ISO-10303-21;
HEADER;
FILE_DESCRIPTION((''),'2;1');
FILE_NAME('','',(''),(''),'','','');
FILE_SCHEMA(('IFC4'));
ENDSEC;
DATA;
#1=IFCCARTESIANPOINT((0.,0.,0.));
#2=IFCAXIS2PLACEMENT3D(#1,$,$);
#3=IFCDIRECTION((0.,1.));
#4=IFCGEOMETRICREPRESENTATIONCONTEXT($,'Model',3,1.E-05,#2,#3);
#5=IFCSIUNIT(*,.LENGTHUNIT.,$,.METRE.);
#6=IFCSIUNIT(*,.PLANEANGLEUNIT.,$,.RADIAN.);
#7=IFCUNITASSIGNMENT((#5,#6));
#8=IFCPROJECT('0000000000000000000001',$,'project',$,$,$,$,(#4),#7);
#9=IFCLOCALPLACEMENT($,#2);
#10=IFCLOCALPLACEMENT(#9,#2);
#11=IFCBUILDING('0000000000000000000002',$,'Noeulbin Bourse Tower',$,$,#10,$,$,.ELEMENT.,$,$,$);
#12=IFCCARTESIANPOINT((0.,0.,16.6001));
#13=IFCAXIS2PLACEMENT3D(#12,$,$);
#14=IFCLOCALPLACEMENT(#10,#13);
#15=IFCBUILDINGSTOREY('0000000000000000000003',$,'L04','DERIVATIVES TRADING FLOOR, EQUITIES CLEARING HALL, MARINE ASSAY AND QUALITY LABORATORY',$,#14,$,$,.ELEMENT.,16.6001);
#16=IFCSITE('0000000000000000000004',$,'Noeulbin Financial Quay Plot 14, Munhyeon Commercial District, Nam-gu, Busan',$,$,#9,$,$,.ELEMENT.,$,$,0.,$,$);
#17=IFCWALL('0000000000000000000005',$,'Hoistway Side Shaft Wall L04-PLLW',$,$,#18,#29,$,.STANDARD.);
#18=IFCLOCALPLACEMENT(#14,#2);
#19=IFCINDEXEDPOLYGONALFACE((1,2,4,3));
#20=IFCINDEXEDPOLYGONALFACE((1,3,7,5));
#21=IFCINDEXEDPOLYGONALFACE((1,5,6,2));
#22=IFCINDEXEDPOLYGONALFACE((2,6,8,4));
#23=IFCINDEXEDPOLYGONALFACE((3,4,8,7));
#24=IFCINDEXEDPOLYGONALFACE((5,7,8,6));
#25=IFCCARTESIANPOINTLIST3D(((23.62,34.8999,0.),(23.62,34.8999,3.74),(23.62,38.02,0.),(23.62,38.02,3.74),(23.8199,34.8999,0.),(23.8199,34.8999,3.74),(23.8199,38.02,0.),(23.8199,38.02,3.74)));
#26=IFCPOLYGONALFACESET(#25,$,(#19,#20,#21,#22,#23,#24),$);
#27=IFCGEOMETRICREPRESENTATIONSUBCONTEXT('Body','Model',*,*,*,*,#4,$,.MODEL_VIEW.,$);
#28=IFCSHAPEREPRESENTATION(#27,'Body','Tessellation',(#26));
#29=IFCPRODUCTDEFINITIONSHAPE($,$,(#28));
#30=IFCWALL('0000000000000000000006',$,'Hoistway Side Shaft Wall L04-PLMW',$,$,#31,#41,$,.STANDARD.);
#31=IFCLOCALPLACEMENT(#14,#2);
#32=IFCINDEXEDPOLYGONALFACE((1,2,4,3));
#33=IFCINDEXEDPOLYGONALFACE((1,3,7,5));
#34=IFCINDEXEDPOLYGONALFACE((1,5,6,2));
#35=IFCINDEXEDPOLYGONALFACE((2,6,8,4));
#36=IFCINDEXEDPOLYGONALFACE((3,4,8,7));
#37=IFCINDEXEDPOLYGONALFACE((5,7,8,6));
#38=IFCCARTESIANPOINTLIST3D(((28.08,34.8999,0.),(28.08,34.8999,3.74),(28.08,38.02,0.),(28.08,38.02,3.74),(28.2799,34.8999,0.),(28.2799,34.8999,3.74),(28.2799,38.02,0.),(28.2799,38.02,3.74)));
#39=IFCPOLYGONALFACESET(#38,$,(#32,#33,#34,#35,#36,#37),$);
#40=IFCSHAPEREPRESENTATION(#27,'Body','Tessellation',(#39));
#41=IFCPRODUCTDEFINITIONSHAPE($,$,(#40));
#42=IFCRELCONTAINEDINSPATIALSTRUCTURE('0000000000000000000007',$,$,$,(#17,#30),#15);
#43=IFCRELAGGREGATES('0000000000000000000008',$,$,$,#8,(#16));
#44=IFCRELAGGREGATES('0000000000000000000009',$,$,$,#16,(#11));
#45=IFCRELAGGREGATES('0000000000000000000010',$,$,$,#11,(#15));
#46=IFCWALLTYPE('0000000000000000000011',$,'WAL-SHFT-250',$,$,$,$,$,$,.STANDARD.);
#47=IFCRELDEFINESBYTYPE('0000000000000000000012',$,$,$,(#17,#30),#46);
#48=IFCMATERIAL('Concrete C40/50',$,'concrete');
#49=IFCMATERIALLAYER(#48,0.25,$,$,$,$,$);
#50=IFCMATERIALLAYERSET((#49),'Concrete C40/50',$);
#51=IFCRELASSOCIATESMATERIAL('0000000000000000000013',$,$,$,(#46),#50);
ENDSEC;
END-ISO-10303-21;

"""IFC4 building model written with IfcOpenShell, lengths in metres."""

from ifc_helpers import new_model, si_unit, direction, frame, frame_2d, origin, place, context, subcontext, project, spatial, rectangle, extrude, material, layer, layer_set, type_object, element, save


model = new_model("IFC4")

# Units and contexts
model_context = context("Model", 3, precision=1e-05, world=origin(), true_north=direction((0.0, 1.0)))
body_context = subcontext(model_context, "Body", "Model", "MODEL_VIEW")
ifc_project = project(units=[si_unit("LENGTHUNIT", "METRE"), si_unit("PLANEANGLEUNIT", "RADIAN")], contexts=[model_context])

# Site, building, storey
site_placement = place(None, origin())
site = spatial("IfcSite", under=ifc_project, at=site_placement, Name="Noeulbin Financial Quay Plot 14, Munhyeon Commercial District, Nam-gu, Busan", CompositionType="ELEMENT", RefElevation=0.0)
building_placement = place(site_placement, origin())
building = spatial("IfcBuilding", under=site, at=building_placement, Name="Noeulbin Bourse Tower", CompositionType="ELEMENT")
storey_placement = place(building_placement, frame((0.0, 0.0, 16.6001)))
storey = spatial("IfcBuildingStorey", under=building, at=storey_placement, Name="L04", Description="DERIVATIVES TRADING FLOOR, EQUITIES CLEARING HALL, MARINE ASSAY AND QUALITY LABORATORY", CompositionType="ELEMENT", Elevation=16.6001)

# Shared definitions
ifc_material_1 = material(Name="Concrete C40/50", Category="concrete")

# Shared definitions
ifc_layer_1 = layer(ifc_material_1, 0.25)
ifc_layer_set_1 = layer_set([ifc_layer_1], Name="Concrete C40/50")
wall_type_1 = type_object("IfcWallType", Name="WAL-SHFT-250", PredefinedType="STANDARD", material=ifc_layer_set_1)

# Walls
for number, where, z_axis, x_axis, name in (
    (1, (23.72, 34.8999, 0.0), (0.0, 0.0, 1.0), (0.0, 1.0, 0.0), "Hoistway Side Shaft Wall L04-PLLW"),
    (2, (28.1799, 34.8999, 0.0), (0.0, 0.0, 1.0), (0.0, 1.0, 0.0), "Hoistway Side Shaft Wall L04-PLMW"),
):
    element("IfcWall", number, at=place(storey_placement, frame(where, z_axis=z_axis, x_axis=x_axis)), inside=storey, type_object=wall_type_1, Name=name, PredefinedType="STANDARD", context=body_context, shape_type="SweptSolid", body=[
        extrude(rectangle(XDim=3.1201, YDim=0.2, at=frame_2d((1.5601, 0.0))), origin(), (0.0, 0.0, 1.0), 3.74),
    ])

save(model, "model.ifc")
